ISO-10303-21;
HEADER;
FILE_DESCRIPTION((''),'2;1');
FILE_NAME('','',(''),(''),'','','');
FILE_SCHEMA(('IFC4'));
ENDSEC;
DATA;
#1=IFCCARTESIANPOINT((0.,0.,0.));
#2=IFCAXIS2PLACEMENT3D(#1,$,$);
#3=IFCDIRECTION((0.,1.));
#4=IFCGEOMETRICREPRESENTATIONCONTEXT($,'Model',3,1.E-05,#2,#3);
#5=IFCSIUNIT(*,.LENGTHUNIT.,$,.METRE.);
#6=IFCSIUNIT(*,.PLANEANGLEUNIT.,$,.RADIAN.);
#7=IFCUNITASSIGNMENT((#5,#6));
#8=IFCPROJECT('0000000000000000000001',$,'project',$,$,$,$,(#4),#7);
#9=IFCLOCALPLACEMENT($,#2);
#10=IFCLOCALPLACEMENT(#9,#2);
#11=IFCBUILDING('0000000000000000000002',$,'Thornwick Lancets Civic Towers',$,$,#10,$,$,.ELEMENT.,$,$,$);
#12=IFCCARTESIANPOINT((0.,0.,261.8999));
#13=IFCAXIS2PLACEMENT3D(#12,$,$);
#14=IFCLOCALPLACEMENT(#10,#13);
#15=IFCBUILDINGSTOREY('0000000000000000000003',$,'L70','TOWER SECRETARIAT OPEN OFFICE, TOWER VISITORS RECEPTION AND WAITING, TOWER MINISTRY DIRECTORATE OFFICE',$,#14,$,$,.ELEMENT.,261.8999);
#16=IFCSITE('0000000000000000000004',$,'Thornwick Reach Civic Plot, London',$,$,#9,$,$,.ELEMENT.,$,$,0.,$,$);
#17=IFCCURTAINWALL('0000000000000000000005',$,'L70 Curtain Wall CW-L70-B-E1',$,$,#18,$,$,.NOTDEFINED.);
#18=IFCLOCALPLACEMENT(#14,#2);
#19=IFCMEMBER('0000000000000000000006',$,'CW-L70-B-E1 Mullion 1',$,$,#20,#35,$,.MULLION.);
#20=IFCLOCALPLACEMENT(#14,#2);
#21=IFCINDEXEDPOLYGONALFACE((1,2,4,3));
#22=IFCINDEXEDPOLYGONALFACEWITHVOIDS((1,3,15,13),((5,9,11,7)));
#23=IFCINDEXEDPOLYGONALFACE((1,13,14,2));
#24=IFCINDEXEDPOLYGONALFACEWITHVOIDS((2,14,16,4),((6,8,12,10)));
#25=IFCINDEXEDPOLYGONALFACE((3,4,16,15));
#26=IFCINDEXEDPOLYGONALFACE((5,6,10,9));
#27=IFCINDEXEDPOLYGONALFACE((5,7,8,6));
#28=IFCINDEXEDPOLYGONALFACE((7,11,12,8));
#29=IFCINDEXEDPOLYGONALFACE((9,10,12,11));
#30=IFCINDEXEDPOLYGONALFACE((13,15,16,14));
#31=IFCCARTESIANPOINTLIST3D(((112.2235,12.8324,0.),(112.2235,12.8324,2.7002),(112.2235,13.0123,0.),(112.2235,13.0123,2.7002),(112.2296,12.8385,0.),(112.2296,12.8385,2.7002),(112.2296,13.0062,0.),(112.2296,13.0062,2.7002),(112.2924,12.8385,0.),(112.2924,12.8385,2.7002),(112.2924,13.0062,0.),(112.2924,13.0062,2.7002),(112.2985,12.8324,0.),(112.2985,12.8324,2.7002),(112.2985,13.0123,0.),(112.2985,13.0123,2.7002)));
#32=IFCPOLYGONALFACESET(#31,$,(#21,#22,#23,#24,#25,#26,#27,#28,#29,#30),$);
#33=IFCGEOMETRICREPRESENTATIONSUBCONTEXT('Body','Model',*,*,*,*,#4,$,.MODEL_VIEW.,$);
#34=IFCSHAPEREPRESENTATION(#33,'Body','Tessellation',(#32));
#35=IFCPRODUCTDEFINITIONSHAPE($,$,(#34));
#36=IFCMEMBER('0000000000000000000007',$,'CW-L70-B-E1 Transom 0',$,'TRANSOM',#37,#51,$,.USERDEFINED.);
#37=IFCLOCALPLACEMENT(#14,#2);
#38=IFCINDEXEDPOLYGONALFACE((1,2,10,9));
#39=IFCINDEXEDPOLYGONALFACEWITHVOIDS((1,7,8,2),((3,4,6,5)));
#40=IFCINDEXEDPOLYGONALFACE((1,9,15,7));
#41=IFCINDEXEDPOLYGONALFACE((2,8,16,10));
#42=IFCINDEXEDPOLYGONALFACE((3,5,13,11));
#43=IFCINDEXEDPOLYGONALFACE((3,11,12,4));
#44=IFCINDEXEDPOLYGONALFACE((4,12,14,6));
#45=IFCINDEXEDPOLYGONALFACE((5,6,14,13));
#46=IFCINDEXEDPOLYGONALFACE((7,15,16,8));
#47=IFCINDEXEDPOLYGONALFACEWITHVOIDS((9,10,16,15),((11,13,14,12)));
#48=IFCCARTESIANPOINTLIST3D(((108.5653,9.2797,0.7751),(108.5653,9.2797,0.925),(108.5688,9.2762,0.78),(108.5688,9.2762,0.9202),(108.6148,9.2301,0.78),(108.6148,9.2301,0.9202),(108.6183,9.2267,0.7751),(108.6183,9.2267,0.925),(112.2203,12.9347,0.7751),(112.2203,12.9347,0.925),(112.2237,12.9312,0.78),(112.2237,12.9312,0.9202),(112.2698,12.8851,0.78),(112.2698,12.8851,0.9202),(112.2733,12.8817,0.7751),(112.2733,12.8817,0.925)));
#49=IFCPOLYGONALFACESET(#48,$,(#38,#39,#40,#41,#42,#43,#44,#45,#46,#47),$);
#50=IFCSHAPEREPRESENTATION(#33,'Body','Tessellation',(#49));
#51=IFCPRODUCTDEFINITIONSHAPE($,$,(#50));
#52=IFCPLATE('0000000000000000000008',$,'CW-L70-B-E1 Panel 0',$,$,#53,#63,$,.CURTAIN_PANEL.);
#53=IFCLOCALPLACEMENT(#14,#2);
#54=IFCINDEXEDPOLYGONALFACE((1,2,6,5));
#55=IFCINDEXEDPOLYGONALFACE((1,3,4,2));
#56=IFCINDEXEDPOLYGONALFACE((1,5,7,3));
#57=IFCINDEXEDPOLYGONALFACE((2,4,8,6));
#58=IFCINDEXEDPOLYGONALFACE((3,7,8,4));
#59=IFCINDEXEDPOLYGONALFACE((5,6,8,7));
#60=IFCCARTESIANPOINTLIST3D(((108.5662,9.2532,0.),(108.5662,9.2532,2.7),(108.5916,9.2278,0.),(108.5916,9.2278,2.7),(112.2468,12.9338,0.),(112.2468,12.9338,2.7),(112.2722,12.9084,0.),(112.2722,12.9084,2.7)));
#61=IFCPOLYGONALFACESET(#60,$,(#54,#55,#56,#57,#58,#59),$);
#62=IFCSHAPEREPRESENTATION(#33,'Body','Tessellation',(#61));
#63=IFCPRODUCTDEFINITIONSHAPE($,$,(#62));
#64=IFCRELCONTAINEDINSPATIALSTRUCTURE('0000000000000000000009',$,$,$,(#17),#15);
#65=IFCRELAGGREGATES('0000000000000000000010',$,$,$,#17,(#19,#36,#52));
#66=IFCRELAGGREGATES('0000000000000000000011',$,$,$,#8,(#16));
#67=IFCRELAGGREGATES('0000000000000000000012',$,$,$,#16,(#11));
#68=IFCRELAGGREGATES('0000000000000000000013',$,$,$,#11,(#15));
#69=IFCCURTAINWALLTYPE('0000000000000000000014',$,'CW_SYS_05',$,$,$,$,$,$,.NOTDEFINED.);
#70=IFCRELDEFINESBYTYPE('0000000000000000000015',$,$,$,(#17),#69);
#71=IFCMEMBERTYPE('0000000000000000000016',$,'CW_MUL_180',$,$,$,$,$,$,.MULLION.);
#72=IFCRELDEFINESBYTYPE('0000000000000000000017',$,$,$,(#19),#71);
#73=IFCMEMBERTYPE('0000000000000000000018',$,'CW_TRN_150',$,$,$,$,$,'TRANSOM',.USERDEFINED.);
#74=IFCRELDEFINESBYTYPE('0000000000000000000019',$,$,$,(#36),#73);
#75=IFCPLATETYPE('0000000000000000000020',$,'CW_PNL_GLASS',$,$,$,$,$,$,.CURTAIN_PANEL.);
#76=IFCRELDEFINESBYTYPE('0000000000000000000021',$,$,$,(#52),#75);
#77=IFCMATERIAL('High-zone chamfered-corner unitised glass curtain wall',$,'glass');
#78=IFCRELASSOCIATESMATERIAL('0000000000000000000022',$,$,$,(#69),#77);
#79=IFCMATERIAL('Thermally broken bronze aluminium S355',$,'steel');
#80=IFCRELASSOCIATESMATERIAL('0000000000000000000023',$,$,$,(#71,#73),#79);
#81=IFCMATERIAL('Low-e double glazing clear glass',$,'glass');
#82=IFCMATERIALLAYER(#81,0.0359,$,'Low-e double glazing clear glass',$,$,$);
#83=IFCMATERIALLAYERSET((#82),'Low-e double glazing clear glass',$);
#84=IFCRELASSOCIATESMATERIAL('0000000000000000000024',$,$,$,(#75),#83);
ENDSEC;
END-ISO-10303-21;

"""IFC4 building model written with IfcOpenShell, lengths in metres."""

from ifc_helpers import new_model, si_unit, direction, frame, origin, origin_2d, place, context, subcontext, project, spatial, rectangle, hollow_rectangle, extrude, material, layer, layer_set, material_profile, profile_set, type_object, element, aggregate, save


model = new_model("IFC4")

# Units and contexts
model_context = context("Model", 3, precision=1e-05, world=origin(), true_north=direction((0.0, 1.0)))
body_context = subcontext(model_context, "Body", "Model", "MODEL_VIEW")
ifc_project = project(units=[si_unit("LENGTHUNIT", "METRE"), si_unit("PLANEANGLEUNIT", "RADIAN")], contexts=[model_context])

# Site, building, storey
site_placement = place(None, origin())
site = spatial("IfcSite", under=ifc_project, at=site_placement, Name="Thornwick Reach Civic Plot, London", CompositionType="ELEMENT", RefElevation=0.0)
building_placement = place(site_placement, origin())
building = spatial("IfcBuilding", under=site, at=building_placement, Name="Thornwick Lancets Civic Towers", CompositionType="ELEMENT")
storey_placement = place(building_placement, frame((0.0, 0.0, 261.8999)))
storey = spatial("IfcBuildingStorey", under=building, at=storey_placement, Name="L70", Description="TOWER SECRETARIAT OPEN OFFICE, TOWER VISITORS RECEPTION AND WAITING, TOWER MINISTRY DIRECTORATE OFFICE", CompositionType="ELEMENT", Elevation=261.8999)

# Curtain wall, members, plate
ifc_material_1 = material(Name="High-zone chamfered-corner unitised glass curtain wall", Category="glass")
curtain_wall_type = type_object("IfcCurtainWallType", Name="CW_SYS_05", PredefinedType="NOTDEFINED", material=ifc_material_1)
curtain_wall_placement = place(storey_placement, origin())
curtain_wall = element("IfcCurtainWall", 1, at=curtain_wall_placement, inside=storey, type_object=curtain_wall_type, Name="L70 Curtain Wall CW-L70-B-E1", PredefinedType="NOTDEFINED")
ifc_material_2 = material(Name="Thermally broken bronze aluminium S355", Category="steel")
ifc_material_profile_1 = material_profile(ifc_material_2, hollow_rectangle(XDim=0.075, YDim=0.1799, WallThickness=0.0061, at=origin_2d()), Name="RHS 180x75x6")
ifc_profile_set_1 = profile_set([ifc_material_profile_1], Name="Thermally broken bronze aluminium S355")
member_type_1 = type_object("IfcMemberType", Name="CW_MUL_180", PredefinedType="MULLION", material=ifc_profile_set_1)
member_1_placement = place(storey_placement, frame((112.261, 12.9224, 0.0), z_axis=(0.0, 0.0, 1.0), x_axis=(1.0, 0.0, 0.0)))
member_1 = element("IfcMember", 2, at=member_1_placement, type_object=member_type_1, Name="CW-L70-B-E1 Mullion 1", PredefinedType="MULLION", context=body_context, shape_type="SweptSolid", body=[
    extrude(hollow_rectangle(XDim=0.075, YDim=0.1799, WallThickness=0.0061, at=origin_2d()), origin(), (0.0, 0.0, 1.0), 2.7002),
])
ifc_material_profile_2 = material_profile(ifc_material_2, hollow_rectangle(XDim=0.075, YDim=0.1499, WallThickness=0.0049, at=origin_2d()), Name="RHS 150x75x5")
ifc_profile_set_2 = profile_set([ifc_material_profile_2], Name="Thermally broken bronze aluminium S355")
member_type_2 = type_object("IfcMemberType", Name="CW_TRN_150", ElementType="TRANSOM", PredefinedType="USERDEFINED", material=ifc_profile_set_2)
member_2_placement = place(storey_placement, frame((108.5918, 9.2532, 0.8501), z_axis=(0.707107, 0.707107, 0.0), x_axis=(-0.707107, 0.707107, 0.0)))
member_2 = element("IfcMember", 3, at=member_2_placement, type_object=member_type_2, Name="CW-L70-B-E1 Transom 0", ObjectType="TRANSOM", PredefinedType="USERDEFINED", context=body_context, shape_type="SweptSolid", body=[
    extrude(hollow_rectangle(XDim=0.075, YDim=0.1499, WallThickness=0.0049, at=origin_2d()), origin(), (0.0, 0.0, 1.0), 5.1689),
])
ifc_material_3 = material(Name="Low-e double glazing clear glass", Category="glass")
ifc_layer_1 = layer(ifc_material_3, 0.0359, Name="Low-e double glazing clear glass")
ifc_layer_set_1 = layer_set([ifc_layer_1], Name="Low-e double glazing clear glass")
plate_type = type_object("IfcPlateType", Name="CW_PNL_GLASS", PredefinedType="CURTAIN_PANEL", material=ifc_layer_set_1)
plate_placement = place(storey_placement, frame((110.4192, 11.0808, 0.0), z_axis=(0.0, 0.0, 1.0), x_axis=(0.707107, 0.707107, 0.0)))
plate = element("IfcPlate", 4, at=plate_placement, type_object=plate_type, Name="CW-L70-B-E1 Panel 0", PredefinedType="CURTAIN_PANEL", context=body_context, shape_type="SweptSolid", body=[
    extrude(rectangle(XDim=5.2051, YDim=0.0359, at=origin_2d()), origin(), (0.0, 0.0, 1.0), 2.7),
])
aggregate(curtain_wall, [member_1, member_2, plate])

save(model, "model.ifc")
